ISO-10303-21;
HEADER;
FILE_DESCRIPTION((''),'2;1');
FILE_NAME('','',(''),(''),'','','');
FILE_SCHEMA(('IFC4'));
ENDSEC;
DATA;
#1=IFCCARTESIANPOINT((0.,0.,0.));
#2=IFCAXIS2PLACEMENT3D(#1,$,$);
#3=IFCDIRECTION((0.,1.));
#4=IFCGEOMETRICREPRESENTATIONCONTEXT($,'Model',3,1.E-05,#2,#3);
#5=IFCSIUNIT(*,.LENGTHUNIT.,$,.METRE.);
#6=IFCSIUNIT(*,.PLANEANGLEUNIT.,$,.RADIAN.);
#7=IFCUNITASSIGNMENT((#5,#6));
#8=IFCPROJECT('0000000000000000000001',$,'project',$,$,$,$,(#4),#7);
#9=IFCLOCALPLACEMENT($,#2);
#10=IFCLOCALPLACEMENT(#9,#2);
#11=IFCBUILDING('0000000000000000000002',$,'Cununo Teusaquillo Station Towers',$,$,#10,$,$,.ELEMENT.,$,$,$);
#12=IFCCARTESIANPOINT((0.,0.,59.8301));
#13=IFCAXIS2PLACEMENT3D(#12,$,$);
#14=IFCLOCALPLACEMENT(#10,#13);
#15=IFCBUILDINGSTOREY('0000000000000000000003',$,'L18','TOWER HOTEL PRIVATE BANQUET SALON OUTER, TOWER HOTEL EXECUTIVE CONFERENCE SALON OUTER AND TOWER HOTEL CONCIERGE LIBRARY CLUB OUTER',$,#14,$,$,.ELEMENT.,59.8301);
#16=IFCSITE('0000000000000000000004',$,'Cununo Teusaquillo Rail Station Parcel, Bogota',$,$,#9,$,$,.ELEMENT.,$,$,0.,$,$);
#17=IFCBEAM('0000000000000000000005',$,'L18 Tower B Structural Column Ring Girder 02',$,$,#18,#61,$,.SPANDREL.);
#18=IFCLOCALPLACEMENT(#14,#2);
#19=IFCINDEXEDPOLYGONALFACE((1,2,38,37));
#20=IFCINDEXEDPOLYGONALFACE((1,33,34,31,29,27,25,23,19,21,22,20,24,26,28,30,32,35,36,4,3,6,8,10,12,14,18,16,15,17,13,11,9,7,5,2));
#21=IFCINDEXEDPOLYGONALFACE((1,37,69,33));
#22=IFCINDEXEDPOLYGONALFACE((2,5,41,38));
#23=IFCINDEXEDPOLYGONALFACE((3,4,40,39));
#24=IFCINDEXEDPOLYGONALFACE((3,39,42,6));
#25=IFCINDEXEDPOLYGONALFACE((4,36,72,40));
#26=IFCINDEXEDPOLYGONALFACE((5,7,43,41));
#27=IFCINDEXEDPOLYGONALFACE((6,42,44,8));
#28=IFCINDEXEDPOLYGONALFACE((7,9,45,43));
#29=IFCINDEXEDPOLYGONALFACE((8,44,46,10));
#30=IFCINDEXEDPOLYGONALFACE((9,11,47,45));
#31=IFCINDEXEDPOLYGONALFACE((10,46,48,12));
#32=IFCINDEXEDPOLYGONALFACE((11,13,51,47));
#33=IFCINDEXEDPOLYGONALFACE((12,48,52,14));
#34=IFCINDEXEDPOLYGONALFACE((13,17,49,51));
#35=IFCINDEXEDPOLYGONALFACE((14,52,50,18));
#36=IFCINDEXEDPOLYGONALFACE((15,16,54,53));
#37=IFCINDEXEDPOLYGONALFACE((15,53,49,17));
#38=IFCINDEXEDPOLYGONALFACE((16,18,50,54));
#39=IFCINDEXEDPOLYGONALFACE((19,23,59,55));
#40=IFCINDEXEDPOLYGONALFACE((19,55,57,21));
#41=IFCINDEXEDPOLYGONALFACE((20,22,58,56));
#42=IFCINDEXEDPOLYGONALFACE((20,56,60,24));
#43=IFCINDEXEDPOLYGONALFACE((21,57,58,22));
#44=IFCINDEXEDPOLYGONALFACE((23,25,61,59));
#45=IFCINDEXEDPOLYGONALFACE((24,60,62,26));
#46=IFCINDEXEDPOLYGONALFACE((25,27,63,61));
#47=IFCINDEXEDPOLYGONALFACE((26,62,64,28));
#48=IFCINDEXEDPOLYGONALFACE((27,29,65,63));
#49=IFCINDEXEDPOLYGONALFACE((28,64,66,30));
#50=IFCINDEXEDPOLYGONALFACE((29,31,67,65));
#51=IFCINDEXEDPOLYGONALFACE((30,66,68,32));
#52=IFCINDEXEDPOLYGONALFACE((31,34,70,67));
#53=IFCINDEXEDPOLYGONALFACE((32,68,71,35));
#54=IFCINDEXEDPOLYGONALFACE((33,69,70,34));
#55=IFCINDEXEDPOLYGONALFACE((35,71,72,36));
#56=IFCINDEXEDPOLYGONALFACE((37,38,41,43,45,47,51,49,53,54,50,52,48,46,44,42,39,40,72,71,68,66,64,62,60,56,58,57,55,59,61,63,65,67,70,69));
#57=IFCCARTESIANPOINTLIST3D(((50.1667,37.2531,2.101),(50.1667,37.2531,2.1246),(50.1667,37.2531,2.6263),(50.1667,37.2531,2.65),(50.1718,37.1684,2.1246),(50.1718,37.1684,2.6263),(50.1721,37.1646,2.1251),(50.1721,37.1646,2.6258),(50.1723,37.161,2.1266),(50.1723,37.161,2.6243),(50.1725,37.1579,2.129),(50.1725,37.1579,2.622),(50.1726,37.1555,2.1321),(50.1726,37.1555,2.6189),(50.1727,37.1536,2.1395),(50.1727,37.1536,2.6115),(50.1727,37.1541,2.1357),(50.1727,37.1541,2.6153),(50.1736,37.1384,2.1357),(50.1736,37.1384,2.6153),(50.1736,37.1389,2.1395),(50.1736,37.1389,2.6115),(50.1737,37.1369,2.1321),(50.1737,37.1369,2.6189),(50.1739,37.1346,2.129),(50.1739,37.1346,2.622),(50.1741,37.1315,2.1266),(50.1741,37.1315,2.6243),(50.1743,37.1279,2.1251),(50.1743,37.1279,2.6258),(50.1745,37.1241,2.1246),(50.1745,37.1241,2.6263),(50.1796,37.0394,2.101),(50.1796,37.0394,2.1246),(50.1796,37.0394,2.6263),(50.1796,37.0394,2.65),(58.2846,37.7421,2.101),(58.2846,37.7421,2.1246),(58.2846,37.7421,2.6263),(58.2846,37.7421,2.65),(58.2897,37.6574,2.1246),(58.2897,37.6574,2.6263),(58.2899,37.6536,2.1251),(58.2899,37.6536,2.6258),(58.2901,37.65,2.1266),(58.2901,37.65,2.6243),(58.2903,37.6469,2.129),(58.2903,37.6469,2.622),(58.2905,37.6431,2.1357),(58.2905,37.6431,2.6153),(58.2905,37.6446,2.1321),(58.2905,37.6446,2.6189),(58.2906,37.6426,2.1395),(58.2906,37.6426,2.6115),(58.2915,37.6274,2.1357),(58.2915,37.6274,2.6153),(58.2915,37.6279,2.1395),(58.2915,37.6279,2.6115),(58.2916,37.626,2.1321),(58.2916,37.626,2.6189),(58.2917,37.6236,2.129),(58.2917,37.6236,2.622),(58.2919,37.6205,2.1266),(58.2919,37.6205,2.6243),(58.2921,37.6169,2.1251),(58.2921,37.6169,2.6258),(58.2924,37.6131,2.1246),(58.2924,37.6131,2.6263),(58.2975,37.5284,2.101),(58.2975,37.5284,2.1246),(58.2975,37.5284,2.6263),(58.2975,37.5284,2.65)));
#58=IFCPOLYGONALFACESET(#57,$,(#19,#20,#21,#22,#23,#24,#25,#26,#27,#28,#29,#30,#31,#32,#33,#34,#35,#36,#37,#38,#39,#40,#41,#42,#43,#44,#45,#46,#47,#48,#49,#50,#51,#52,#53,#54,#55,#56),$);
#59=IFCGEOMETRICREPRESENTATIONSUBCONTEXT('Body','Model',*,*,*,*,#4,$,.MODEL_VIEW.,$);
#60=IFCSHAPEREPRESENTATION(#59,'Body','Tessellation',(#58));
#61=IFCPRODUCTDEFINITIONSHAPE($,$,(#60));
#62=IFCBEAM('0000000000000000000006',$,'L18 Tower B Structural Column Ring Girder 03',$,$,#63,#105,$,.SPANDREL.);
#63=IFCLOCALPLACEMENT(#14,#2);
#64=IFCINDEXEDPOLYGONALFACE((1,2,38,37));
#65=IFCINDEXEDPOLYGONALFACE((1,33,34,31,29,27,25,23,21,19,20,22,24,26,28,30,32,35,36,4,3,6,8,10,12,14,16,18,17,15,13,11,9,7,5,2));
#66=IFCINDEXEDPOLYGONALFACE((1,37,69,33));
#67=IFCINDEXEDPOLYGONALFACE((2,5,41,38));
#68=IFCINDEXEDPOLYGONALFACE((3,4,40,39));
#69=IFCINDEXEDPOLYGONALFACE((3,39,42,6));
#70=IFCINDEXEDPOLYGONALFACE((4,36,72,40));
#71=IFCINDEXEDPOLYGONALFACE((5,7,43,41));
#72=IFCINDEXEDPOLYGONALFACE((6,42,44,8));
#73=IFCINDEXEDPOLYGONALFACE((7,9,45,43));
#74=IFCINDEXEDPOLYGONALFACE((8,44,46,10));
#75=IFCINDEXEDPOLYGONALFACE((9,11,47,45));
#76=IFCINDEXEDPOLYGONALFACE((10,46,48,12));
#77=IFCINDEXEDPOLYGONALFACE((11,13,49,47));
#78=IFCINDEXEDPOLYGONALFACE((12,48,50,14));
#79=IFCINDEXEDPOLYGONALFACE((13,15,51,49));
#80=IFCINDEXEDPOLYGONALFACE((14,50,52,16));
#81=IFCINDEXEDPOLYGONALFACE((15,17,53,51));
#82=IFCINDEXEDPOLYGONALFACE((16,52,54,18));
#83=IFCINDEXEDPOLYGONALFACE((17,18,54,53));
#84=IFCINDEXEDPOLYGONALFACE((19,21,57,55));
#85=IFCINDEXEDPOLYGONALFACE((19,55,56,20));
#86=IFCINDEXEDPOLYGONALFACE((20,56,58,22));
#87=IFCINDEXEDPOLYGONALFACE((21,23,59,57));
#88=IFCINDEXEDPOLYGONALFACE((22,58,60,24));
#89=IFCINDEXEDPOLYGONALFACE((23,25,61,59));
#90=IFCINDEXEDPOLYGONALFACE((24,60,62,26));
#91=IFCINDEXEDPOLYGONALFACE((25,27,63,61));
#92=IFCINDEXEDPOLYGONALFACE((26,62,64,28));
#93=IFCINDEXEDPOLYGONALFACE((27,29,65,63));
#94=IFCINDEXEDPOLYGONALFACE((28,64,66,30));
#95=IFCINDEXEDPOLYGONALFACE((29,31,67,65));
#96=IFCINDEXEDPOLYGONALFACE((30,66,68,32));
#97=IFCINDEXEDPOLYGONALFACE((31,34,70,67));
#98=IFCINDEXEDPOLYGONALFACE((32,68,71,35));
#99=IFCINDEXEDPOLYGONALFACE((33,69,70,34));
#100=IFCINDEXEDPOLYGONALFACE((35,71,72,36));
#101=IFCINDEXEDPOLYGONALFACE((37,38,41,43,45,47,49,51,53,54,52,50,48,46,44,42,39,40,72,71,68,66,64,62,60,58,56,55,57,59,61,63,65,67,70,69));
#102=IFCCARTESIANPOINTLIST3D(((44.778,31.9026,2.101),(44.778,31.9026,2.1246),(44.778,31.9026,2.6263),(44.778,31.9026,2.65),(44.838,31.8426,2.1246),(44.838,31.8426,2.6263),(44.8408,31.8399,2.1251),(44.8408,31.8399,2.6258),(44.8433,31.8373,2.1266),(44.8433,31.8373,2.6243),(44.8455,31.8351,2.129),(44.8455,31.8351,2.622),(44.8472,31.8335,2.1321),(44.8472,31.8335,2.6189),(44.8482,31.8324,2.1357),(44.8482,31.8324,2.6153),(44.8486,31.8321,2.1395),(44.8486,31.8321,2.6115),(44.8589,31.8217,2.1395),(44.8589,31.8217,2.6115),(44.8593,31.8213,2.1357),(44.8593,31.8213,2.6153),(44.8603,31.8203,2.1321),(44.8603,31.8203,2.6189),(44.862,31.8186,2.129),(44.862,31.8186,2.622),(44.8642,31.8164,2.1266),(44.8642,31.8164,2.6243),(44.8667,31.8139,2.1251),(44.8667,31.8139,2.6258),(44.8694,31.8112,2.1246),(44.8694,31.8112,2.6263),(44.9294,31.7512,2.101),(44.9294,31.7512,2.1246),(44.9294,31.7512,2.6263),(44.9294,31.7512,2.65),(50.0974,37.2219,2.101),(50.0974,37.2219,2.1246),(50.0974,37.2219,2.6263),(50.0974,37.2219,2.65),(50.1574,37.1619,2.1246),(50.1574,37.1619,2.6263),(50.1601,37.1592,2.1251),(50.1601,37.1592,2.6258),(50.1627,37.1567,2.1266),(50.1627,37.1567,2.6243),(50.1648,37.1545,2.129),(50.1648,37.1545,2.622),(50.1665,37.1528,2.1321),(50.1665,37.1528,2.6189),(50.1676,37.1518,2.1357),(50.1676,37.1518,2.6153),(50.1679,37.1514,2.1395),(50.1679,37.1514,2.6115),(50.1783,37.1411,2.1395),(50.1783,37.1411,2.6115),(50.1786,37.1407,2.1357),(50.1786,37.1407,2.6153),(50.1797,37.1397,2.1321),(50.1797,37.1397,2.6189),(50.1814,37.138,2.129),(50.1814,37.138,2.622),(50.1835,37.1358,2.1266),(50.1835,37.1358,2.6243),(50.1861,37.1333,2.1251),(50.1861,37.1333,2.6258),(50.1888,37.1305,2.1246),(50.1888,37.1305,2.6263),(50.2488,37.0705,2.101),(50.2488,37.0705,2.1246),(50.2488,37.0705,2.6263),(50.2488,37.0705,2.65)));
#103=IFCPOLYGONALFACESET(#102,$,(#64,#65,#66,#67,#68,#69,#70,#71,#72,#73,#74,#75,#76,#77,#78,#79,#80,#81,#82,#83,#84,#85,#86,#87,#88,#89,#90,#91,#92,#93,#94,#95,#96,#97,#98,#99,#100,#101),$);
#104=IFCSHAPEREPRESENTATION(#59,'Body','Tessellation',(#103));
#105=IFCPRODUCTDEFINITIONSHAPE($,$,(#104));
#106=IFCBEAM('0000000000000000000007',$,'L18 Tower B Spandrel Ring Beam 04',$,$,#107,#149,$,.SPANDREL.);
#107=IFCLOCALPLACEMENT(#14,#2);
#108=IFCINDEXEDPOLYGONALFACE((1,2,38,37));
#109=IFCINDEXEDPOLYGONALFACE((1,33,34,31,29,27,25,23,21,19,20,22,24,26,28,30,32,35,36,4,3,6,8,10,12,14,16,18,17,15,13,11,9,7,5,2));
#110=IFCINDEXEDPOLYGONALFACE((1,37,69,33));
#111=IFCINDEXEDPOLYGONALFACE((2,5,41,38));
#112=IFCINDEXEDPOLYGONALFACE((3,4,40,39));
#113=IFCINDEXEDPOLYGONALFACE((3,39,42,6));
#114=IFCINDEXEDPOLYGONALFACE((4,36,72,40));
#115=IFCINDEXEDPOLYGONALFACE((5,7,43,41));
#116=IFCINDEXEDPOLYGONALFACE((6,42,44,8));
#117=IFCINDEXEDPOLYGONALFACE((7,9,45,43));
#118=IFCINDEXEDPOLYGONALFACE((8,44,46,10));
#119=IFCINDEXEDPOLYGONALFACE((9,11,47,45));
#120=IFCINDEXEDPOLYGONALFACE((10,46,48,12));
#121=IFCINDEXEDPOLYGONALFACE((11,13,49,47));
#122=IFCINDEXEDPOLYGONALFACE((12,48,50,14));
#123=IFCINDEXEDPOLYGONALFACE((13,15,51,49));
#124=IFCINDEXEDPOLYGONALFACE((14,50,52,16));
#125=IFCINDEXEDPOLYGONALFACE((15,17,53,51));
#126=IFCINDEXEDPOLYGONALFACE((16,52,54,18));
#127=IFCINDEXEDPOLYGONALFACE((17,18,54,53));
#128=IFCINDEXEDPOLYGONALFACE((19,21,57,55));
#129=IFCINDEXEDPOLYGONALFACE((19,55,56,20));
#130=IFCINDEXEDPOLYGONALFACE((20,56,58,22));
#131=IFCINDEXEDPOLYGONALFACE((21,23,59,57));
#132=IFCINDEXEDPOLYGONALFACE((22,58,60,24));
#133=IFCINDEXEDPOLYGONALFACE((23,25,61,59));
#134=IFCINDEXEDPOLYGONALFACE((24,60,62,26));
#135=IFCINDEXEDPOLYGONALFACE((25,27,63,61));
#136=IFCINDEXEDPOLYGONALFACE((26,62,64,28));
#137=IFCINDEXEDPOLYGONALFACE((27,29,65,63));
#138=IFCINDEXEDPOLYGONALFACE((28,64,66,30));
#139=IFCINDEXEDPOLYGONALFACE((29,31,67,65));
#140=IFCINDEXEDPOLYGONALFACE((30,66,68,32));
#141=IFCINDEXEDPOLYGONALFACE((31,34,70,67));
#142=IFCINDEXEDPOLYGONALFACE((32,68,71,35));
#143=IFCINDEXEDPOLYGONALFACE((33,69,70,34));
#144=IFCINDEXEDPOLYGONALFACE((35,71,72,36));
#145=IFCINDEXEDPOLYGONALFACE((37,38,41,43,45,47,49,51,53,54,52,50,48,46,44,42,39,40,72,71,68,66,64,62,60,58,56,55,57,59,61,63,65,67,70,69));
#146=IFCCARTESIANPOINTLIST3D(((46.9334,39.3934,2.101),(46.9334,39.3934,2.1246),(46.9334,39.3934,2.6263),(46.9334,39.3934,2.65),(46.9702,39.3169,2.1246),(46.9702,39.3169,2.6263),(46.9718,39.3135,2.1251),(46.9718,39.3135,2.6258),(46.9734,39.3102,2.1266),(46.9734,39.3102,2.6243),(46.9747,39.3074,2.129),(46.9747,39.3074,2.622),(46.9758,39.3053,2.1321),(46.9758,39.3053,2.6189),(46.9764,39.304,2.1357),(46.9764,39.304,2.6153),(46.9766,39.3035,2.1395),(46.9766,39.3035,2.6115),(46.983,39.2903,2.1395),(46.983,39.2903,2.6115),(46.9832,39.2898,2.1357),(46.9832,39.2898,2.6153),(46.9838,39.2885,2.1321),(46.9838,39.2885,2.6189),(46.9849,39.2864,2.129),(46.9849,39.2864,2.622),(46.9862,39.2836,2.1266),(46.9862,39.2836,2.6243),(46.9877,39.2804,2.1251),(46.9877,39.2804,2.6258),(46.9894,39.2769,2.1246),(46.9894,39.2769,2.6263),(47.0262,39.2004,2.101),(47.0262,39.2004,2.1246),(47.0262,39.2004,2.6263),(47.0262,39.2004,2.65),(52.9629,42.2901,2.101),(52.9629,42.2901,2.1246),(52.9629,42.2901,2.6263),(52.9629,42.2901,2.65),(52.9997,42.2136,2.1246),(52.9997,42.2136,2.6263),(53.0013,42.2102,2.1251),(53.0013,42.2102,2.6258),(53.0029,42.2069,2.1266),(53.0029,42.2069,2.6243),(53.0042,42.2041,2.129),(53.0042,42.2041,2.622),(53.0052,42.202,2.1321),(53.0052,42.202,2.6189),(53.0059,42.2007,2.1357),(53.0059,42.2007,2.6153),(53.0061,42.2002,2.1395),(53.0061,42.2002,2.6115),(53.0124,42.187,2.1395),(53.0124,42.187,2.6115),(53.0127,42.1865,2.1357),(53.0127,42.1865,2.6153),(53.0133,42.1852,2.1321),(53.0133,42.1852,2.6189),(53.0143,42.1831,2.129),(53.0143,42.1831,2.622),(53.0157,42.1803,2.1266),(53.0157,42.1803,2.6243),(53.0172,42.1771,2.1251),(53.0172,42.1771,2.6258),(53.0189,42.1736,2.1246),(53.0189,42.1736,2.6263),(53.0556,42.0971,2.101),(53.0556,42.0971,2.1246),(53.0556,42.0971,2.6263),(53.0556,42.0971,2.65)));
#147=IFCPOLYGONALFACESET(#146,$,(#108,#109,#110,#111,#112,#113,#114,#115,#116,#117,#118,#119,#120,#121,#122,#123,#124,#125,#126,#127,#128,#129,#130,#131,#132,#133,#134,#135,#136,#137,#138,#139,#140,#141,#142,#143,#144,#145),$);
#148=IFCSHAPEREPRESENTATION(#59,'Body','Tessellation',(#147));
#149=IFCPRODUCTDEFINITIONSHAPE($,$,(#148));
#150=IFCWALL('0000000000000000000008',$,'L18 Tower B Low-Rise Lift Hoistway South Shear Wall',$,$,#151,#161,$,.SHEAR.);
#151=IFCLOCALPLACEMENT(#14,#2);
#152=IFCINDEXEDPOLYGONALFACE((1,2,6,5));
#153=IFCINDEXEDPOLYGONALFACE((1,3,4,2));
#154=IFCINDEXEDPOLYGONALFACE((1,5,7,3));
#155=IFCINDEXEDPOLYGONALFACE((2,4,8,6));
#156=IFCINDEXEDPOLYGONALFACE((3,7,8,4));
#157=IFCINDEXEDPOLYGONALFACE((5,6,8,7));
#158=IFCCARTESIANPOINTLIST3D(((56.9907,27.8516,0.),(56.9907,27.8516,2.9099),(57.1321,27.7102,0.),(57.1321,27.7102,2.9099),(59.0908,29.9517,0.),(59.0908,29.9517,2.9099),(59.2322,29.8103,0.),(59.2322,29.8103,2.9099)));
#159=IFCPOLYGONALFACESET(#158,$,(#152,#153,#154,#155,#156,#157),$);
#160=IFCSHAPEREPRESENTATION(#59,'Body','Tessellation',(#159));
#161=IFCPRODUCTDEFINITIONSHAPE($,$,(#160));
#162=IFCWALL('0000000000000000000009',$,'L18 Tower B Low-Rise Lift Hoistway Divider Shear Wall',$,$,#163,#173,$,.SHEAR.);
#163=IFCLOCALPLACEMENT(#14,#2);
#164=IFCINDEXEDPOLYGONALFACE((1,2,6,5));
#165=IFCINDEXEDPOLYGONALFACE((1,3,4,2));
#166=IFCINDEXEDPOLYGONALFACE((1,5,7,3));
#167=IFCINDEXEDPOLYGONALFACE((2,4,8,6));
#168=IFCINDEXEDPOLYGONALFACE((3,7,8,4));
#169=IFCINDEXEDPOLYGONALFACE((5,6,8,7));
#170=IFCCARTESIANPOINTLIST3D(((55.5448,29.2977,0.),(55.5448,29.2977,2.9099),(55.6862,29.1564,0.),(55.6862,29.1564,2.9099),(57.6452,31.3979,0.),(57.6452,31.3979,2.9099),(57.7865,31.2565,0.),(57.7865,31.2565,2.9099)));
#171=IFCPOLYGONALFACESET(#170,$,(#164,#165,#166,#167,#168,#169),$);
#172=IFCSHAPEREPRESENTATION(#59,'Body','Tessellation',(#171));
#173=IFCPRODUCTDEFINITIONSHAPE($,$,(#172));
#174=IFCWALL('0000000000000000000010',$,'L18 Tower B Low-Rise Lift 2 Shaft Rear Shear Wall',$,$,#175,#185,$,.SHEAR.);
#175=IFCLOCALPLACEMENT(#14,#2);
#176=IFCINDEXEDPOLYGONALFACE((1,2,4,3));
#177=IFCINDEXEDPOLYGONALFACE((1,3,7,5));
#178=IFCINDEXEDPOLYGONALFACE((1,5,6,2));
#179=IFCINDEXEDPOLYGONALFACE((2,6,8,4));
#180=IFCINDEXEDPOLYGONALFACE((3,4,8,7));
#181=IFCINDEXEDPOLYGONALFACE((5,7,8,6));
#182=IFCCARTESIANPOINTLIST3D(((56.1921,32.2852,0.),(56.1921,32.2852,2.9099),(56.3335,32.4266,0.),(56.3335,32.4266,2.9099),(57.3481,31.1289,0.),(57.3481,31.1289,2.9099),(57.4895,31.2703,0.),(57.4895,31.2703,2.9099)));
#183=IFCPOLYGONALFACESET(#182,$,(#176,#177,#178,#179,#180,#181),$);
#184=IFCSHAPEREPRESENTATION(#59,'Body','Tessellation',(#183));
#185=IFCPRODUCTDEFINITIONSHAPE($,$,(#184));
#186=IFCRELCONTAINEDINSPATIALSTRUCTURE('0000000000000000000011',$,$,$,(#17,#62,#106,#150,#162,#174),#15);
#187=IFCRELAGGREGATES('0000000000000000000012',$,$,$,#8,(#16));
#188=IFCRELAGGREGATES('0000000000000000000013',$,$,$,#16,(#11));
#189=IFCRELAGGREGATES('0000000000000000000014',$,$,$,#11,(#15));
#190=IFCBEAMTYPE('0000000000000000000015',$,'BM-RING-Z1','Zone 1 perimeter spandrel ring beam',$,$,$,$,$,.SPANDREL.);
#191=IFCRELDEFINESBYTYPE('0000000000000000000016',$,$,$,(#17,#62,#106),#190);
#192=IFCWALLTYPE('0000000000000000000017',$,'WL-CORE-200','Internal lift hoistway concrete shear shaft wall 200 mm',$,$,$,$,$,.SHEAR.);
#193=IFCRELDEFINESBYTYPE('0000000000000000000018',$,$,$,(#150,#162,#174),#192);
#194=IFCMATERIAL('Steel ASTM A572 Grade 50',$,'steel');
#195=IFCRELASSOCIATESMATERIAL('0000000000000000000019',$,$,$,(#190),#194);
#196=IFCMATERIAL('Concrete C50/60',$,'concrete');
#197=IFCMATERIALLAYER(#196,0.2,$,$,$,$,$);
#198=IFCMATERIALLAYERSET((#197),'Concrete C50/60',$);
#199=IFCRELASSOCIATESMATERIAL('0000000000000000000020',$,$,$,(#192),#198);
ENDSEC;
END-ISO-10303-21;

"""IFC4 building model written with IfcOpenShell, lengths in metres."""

from ifc_helpers import new_model, si_unit, direction, frame, frame_2d, origin, origin_2d, place, context, subcontext, project, spatial, rectangle, i_section, extrude, material, layer, layer_set, material_profile, profile_set, type_object, element, save


model = new_model("IFC4")

# Units and contexts
model_context = context("Model", 3, precision=1e-05, world=origin(), true_north=direction((0.0, 1.0)))
body_context = subcontext(model_context, "Body", "Model", "MODEL_VIEW")
ifc_project = project(units=[si_unit("LENGTHUNIT", "METRE"), si_unit("PLANEANGLEUNIT", "RADIAN")], contexts=[model_context])

# Site, building, storey
site_placement = place(None, origin())
site = spatial("IfcSite", under=ifc_project, at=site_placement, Name="Cununo Teusaquillo Rail Station Parcel, Bogota", CompositionType="ELEMENT", RefElevation=0.0)
building_placement = place(site_placement, origin())
building = spatial("IfcBuilding", under=site, at=building_placement, Name="Cununo Teusaquillo Station Towers", CompositionType="ELEMENT")
storey_placement = place(building_placement, frame((0.0, 0.0, 59.8301)))
storey = spatial("IfcBuildingStorey", under=building, at=storey_placement, Name="L18", Description="TOWER HOTEL PRIVATE BANQUET SALON OUTER, TOWER HOTEL EXECUTIVE CONFERENCE SALON OUTER AND TOWER HOTEL CONCIERGE LIBRARY CLUB OUTER", CompositionType="ELEMENT", Elevation=59.8301)

# Beams
ifc_material_1 = material(Name="Steel ASTM A572 Grade 50", Category="steel")
ifc_material_profile_1 = material_profile(ifc_material_1, i_section(OverallWidth=0.2141, OverallDepth=0.5491, WebThickness=0.0146, FlangeThickness=0.0237, FilletRadius=0.0149, at=origin_2d()), Name="W21X93")
ifc_profile_set_1 = profile_set([ifc_material_profile_1], Name="Steel ASTM A572 Grade 50")
beam_type_1 = type_object("IfcBeamType", Name="BM-RING-Z1", Description="Zone 1 perimeter spandrel ring beam", PredefinedType="SPANDREL", material=ifc_profile_set_1)
beam_1_placement = place(storey_placement, frame((58.291, 37.6353, 2.3755), z_axis=(-0.998191, -0.06013, 0.0), x_axis=(0.06013, -0.998191, 0.0)))
element("IfcBeam", 1, at=beam_1_placement, inside=storey, type_object=beam_type_1, Name="L18 Tower B Structural Column Ring Girder 02", PredefinedType="SPANDREL", context=body_context, shape_type="SweptSolid", body=[
    extrude(i_section(OverallWidth=0.2141, OverallDepth=0.5491, WebThickness=0.0146, FlangeThickness=0.0237, FilletRadius=0.0149, at=origin_2d()), origin(), (0.0, 0.0, 1.0), 8.1326),
])
beam_2_placement = place(storey_placement, frame((50.1731, 37.1462, 2.3755), z_axis=(-0.707107, -0.707107, 0.0), x_axis=(0.707107, -0.707107, 0.0)))
element("IfcBeam", 2, at=beam_2_placement, inside=storey, type_object=beam_type_1, Name="L18 Tower B Structural Column Ring Girder 03", PredefinedType="SPANDREL", context=body_context, shape_type="SweptSolid", body=[
    extrude(i_section(OverallWidth=0.2141, OverallDepth=0.5491, WebThickness=0.0146, FlangeThickness=0.0237, FilletRadius=0.0149, at=origin_2d()), origin(), (0.0, 0.0, 1.0), 7.5227),
])
beam_3_placement = place(storey_placement, frame((53.0093, 42.1936, 2.3755), z_axis=(-0.901374, -0.433041, 0.0), x_axis=(0.433041, -0.901374, 0.0)))
element("IfcBeam", 3, at=beam_3_placement, inside=storey, type_object=beam_type_1, Name="L18 Tower B Spandrel Ring Beam 04", PredefinedType="SPANDREL", context=body_context, shape_type="SweptSolid", body=[
    extrude(i_section(OverallWidth=0.2141, OverallDepth=0.5491, WebThickness=0.0146, FlangeThickness=0.0237, FilletRadius=0.0149, at=origin_2d()), origin(), (0.0, 0.0, 1.0), 6.6892),
])

# Walls
ifc_material_2 = material(Name="Concrete C50/60", Category="concrete")
ifc_layer_1 = layer(ifc_material_2, 0.2)
ifc_layer_set_1 = layer_set([ifc_layer_1], Name="Concrete C50/60")
wall_type_1 = type_object("IfcWallType", Name="WL-CORE-200", Description="Internal lift hoistway concrete shear shaft wall 200 mm", PredefinedType="SHEAR", material=ifc_layer_set_1)
wall_1_placement = place(storey_placement, frame((57.0615, 27.781, 0.0), z_axis=(0.0, 0.0, 1.0), x_axis=(0.707107, 0.707107, 0.0)))
element("IfcWall", 4, at=wall_1_placement, inside=storey, type_object=wall_type_1, Name="L18 Tower B Low-Rise Lift Hoistway South Shear Wall", PredefinedType="SHEAR", context=body_context, shape_type="SweptSolid", body=[
    extrude(rectangle(XDim=2.97, YDim=0.2, at=frame_2d((1.4849, 0.0))), origin(), (0.0, 0.0, 1.0), 2.9099),
])
wall_2_placement = place(storey_placement, frame((55.6155, 29.2271, 0.0), z_axis=(0.0, 0.0, 1.0), x_axis=(0.707148, 0.707066, 0.0)))
element("IfcWall", 5, at=wall_2_placement, inside=storey, type_object=wall_type_1, Name="L18 Tower B Low-Rise Lift Hoistway Divider Shear Wall", PredefinedType="SHEAR", context=body_context, shape_type="SweptSolid", body=[
    extrude(rectangle(XDim=2.9702, YDim=0.2, at=frame_2d((1.4851, 0.0))), origin(), (0.0, 0.0, 1.0), 2.9099),
])
wall_3_placement = place(storey_placement, frame((57.4187, 31.1997, 0.0), z_axis=(0.0, 0.0, 1.0), x_axis=(-0.707032, 0.707181, 0.0)))
element("IfcWall", 6, at=wall_3_placement, inside=storey, type_object=wall_type_1, Name="L18 Tower B Low-Rise Lift 2 Shaft Rear Shear Wall", PredefinedType="SHEAR", context=body_context, shape_type="SweptSolid", body=[
    extrude(rectangle(XDim=1.635, YDim=0.2, at=frame_2d((0.8174, 0.0))), origin(), (0.0, 0.0, 1.0), 2.9099),
])

save(model, "model.ifc")
